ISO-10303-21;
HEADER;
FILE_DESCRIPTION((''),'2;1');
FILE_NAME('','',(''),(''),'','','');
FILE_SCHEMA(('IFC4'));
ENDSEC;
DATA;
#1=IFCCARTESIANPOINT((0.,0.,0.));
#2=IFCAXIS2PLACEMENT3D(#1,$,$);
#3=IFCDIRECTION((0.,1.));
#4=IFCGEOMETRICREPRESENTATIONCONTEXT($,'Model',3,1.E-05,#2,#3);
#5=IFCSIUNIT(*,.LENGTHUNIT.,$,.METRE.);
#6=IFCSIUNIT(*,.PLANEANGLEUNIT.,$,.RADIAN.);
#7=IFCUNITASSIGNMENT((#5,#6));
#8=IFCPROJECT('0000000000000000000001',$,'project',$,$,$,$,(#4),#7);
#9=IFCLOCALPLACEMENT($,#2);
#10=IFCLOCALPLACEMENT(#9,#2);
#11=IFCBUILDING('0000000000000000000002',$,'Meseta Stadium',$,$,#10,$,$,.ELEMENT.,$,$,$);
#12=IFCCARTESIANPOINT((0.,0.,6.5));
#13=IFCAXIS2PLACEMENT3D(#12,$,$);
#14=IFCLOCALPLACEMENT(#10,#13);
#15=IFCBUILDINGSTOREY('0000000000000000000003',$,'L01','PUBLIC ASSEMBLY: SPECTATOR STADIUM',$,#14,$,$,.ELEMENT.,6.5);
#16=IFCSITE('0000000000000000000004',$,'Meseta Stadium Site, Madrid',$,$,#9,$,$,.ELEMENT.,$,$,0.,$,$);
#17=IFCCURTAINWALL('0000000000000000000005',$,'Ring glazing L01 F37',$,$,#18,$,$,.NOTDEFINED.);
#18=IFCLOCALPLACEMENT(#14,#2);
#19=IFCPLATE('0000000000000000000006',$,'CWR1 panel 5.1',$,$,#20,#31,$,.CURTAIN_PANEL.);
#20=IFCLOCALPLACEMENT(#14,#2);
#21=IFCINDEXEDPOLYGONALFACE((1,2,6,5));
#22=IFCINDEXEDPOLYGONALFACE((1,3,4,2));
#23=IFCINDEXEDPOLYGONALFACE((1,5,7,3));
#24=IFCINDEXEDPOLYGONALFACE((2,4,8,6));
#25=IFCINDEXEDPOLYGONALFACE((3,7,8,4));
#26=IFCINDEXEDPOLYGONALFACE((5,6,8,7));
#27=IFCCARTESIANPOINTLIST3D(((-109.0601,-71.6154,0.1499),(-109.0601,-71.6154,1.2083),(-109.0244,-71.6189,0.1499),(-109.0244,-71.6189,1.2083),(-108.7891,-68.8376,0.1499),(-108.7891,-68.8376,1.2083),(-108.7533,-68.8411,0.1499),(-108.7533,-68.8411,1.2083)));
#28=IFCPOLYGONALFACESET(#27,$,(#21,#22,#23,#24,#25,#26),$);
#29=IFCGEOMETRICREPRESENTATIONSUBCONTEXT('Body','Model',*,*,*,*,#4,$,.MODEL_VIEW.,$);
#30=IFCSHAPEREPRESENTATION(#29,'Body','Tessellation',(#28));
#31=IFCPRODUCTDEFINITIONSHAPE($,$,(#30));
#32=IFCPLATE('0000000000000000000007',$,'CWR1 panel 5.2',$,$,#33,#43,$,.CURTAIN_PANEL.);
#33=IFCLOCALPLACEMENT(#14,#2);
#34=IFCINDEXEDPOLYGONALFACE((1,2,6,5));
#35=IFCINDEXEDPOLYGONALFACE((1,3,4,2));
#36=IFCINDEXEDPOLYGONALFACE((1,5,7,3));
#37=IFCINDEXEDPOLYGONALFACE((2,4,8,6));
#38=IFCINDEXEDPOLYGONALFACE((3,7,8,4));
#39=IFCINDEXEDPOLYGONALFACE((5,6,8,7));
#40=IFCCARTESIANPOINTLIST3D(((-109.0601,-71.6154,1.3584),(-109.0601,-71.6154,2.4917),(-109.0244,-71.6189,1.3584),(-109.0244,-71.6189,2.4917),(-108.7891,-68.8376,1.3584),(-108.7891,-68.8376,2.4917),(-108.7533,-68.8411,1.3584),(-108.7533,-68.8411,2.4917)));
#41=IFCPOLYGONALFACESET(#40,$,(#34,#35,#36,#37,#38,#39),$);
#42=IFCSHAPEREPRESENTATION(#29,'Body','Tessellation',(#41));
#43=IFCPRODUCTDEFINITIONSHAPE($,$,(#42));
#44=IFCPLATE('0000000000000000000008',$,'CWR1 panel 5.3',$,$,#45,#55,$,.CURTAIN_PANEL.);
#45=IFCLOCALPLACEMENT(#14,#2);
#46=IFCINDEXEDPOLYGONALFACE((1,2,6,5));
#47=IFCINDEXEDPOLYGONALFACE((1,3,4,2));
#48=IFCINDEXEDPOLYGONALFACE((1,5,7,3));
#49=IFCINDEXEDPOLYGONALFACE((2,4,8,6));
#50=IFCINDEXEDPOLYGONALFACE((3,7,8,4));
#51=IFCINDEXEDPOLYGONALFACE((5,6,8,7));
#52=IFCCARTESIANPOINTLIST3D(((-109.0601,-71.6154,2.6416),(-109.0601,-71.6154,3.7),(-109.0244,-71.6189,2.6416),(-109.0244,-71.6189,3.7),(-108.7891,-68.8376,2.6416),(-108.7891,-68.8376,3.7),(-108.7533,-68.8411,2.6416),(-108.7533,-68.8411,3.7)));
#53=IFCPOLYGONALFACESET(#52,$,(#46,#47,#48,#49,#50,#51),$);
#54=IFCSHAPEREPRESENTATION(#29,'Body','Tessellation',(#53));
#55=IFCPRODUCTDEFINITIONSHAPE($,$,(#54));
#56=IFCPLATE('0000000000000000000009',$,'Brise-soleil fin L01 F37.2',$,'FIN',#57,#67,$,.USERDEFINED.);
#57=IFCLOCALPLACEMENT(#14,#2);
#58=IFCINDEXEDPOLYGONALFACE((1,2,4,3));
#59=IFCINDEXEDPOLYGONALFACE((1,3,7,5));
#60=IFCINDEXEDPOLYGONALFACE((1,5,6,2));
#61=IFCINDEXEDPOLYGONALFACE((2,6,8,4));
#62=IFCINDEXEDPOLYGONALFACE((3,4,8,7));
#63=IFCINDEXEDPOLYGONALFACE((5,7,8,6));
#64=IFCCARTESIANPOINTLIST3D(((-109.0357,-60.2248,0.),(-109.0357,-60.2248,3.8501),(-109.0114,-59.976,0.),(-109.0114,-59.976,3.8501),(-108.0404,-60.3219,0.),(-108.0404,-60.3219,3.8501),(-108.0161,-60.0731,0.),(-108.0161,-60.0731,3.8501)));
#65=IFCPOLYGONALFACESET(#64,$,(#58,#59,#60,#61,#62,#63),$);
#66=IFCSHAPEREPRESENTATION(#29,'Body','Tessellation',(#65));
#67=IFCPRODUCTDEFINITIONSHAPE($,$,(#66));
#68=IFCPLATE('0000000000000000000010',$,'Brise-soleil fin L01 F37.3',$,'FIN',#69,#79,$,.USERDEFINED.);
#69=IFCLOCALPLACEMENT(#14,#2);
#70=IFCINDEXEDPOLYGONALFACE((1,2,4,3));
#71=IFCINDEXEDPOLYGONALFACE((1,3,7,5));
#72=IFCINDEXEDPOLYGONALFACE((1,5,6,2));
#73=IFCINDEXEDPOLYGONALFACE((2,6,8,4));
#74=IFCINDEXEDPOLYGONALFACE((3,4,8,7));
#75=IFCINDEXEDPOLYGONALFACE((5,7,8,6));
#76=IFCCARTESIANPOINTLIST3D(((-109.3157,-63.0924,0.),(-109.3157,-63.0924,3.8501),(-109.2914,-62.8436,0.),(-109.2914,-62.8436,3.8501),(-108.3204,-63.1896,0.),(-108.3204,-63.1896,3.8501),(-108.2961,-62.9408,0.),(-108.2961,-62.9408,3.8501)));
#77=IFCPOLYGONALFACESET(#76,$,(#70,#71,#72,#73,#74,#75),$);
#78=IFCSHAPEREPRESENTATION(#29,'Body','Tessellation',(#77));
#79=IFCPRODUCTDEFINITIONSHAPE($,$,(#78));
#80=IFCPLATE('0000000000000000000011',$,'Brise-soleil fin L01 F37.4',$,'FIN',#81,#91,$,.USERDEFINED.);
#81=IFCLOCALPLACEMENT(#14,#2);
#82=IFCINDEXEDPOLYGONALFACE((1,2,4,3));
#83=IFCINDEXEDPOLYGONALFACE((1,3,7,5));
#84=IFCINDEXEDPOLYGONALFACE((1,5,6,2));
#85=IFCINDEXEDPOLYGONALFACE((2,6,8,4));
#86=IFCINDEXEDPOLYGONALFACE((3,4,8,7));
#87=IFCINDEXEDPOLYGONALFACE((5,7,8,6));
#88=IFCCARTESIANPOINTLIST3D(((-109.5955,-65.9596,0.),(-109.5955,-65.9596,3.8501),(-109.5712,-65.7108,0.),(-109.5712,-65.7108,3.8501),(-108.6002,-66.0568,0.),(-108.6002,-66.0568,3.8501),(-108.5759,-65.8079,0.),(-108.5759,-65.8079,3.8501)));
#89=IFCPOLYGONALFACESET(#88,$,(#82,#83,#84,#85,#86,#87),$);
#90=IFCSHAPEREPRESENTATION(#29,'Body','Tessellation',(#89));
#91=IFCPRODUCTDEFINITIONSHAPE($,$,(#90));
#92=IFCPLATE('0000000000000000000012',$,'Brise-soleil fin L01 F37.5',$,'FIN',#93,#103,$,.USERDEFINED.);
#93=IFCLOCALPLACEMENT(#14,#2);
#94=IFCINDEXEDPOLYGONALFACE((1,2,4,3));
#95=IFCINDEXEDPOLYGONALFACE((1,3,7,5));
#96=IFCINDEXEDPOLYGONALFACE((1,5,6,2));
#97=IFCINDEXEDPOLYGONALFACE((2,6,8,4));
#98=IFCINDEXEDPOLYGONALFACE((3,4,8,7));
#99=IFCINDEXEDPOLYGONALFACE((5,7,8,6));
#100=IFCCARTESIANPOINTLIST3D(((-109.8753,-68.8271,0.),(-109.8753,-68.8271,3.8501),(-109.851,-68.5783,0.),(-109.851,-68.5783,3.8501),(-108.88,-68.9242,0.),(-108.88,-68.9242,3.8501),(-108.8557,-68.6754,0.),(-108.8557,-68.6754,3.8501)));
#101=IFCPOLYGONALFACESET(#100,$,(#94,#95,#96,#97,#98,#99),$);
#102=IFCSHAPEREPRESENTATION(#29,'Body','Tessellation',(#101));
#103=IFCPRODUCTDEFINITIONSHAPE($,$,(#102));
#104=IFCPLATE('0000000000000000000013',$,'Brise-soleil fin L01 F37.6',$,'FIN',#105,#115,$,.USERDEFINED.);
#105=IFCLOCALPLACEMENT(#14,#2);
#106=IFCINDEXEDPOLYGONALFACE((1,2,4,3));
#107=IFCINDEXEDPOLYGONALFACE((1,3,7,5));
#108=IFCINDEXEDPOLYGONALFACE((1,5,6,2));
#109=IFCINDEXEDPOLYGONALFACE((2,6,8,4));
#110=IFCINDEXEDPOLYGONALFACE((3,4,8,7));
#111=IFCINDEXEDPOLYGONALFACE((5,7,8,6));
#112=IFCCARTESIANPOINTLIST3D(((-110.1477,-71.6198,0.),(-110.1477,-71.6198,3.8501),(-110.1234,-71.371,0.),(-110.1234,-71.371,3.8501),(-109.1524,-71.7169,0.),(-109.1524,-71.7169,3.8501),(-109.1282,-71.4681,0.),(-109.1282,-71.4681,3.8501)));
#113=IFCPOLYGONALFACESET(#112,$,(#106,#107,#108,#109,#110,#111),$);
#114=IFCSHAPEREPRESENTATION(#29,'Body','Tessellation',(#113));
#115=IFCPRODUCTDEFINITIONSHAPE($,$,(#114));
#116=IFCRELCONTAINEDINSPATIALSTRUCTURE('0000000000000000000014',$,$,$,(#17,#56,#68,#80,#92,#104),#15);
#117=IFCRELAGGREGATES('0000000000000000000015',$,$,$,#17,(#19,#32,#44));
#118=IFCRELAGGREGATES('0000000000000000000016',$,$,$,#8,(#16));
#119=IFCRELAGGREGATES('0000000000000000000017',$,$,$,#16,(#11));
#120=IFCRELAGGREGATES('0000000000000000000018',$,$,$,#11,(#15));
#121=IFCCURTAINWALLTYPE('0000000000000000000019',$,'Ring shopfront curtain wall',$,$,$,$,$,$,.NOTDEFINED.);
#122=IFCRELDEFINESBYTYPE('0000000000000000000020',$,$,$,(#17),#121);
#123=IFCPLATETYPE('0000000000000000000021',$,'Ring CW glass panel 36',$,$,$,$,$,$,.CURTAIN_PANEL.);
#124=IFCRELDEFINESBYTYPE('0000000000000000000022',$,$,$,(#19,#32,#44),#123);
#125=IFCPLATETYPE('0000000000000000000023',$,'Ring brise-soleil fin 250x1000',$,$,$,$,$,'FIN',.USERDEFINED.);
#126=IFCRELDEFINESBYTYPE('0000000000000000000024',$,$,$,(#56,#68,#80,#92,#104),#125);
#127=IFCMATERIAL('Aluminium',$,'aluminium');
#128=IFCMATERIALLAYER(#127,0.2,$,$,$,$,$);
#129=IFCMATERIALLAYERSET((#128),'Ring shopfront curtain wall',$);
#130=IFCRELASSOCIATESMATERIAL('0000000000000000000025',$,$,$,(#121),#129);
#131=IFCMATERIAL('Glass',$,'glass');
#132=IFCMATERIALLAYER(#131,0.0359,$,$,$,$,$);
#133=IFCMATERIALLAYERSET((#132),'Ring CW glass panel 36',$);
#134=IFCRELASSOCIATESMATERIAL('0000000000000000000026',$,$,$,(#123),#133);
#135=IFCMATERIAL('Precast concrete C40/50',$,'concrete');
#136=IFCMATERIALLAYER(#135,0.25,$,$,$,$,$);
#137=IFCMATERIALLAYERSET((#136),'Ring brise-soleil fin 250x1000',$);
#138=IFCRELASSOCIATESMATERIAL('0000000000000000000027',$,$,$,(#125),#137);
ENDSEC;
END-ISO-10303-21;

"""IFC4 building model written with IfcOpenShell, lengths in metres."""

from ifc_helpers import new_model, si_unit, direction, frame, origin, origin_2d, place, context, subcontext, project, spatial, rectangle, extrude, material, layer, layer_set, type_object, element, aggregate, save


model = new_model("IFC4")

# Units and contexts
model_context = context("Model", 3, precision=1e-05, world=origin(), true_north=direction((0.0, 1.0)))
body_context = subcontext(model_context, "Body", "Model", "MODEL_VIEW")
ifc_project = project(units=[si_unit("LENGTHUNIT", "METRE"), si_unit("PLANEANGLEUNIT", "RADIAN")], contexts=[model_context])

# Site, building, storey
site_placement = place(None, origin())
site = spatial("IfcSite", under=ifc_project, at=site_placement, Name="Meseta Stadium Site, Madrid", CompositionType="ELEMENT", RefElevation=0.0)
building_placement = place(site_placement, origin())
building = spatial("IfcBuilding", under=site, at=building_placement, Name="Meseta Stadium", CompositionType="ELEMENT")
storey_placement = place(building_placement, frame((0.0, 0.0, 6.5)))
storey = spatial("IfcBuildingStorey", under=building, at=storey_placement, Name="L01", Description="PUBLIC ASSEMBLY: SPECTATOR STADIUM", CompositionType="ELEMENT", Elevation=6.5)

# Curtain wall, plates
ifc_material_1 = material(Name="Aluminium", Category="aluminium")
ifc_layer_1 = layer(ifc_material_1, 0.2)
ifc_layer_set_1 = layer_set([ifc_layer_1], Name="Ring shopfront curtain wall")
curtain_wall_type = type_object("IfcCurtainWallType", Name="Ring shopfront curtain wall", PredefinedType="NOTDEFINED", material=ifc_layer_set_1)
curtain_wall_placement = place(storey_placement, origin())
curtain_wall = element("IfcCurtainWall", 1, at=curtain_wall_placement, inside=storey, type_object=curtain_wall_type, Name="Ring glazing L01 F37", PredefinedType="NOTDEFINED")
ifc_material_2 = material(Name="Glass", Category="glass")
ifc_layer_2 = layer(ifc_material_2, 0.0359)
ifc_layer_set_2 = layer_set([ifc_layer_2], Name="Ring CW glass panel 36")
plate_type_1 = type_object("IfcPlateType", Name="Ring CW glass panel 36", PredefinedType="CURTAIN_PANEL", material=ifc_layer_set_2)
plate_1_placement = place(storey_placement, frame((-108.9067, -70.2283, 0.1499), z_axis=(0.0, 0.0, 1.0), x_axis=(-0.097125, -0.995272, 0.0)))
plate_1 = element("IfcPlate", 2, at=plate_1_placement, type_object=plate_type_1, Name="CWR1 panel 5.1", PredefinedType="CURTAIN_PANEL", context=body_context, shape_type="SweptSolid", body=[
    extrude(rectangle(XDim=2.791, YDim=0.0359, at=origin_2d()), origin(), (0.0, 0.0, 1.0), 1.0583),
])
plate_2_placement = place(storey_placement, frame((-108.9067, -70.2283, 1.3584), z_axis=(0.0, 0.0, 1.0), x_axis=(-0.097125, -0.995272, 0.0)))
plate_2 = element("IfcPlate", 3, at=plate_2_placement, type_object=plate_type_1, Name="CWR1 panel 5.2", PredefinedType="CURTAIN_PANEL", context=body_context, shape_type="SweptSolid", body=[
    extrude(rectangle(XDim=2.791, YDim=0.0359, at=origin_2d()), origin(), (0.0, 0.0, 1.0), 1.1333),
])
plate_3_placement = place(storey_placement, frame((-108.9067, -70.2283, 2.6416), z_axis=(0.0, 0.0, 1.0), x_axis=(-0.097125, -0.995272, 0.0)))
plate_3 = element("IfcPlate", 4, at=plate_3_placement, type_object=plate_type_1, Name="CWR1 panel 5.3", PredefinedType="CURTAIN_PANEL", context=body_context, shape_type="SweptSolid", body=[
    extrude(rectangle(XDim=2.791, YDim=0.0359, at=origin_2d()), origin(), (0.0, 0.0, 1.0), 1.0583),
])
aggregate(curtain_wall, [plate_1, plate_2, plate_3])

# Plates
ifc_material_3 = material(Name="Precast concrete C40/50", Category="concrete")
ifc_layer_3 = layer(ifc_material_3, 0.25)
ifc_layer_set_3 = layer_set([ifc_layer_3], Name="Ring brise-soleil fin 250x1000")
plate_type_2 = type_object("IfcPlateType", Name="Ring brise-soleil fin 250x1000", ElementType="FIN", PredefinedType="USERDEFINED", material=ifc_layer_set_3)
for number, where, z_axis, x_axis, name in (
    (5, (-108.5259, -60.1489, 0.0), (0.0, 0.0, 1.0), (-0.097123, -0.995272, 0.0), "Brise-soleil fin L01 F37.2"),
    (6, (-108.8059, -63.0166, 0.0), (0.0, 0.0, 1.0), (-0.097123, -0.995272, 0.0), "Brise-soleil fin L01 F37.3"),
    (7, (-109.0857, -65.8838, 0.0), (0.0, 0.0, 1.0), (-0.097123, -0.995272, 0.0), "Brise-soleil fin L01 F37.4"),
    (8, (-109.3655, -68.7512, 0.0), (0.0, 0.0, 1.0), (-0.097123, -0.995272, 0.0), "Brise-soleil fin L01 F37.5"),
    (9, (-109.6379, -71.5439, 0.0), (0.0, 0.0, 1.0), (-0.097123, -0.995272, 0.0), "Brise-soleil fin L01 F37.6"),
):
    element("IfcPlate", number, at=place(storey_placement, frame(where, z_axis=z_axis, x_axis=x_axis)), inside=storey, type_object=plate_type_2, Name=name, ObjectType="FIN", PredefinedType="USERDEFINED", context=body_context, shape_type="SweptSolid", body=[
        extrude(rectangle(XDim=0.25, YDim=1.0, at=origin_2d()), origin(), (0.0, 0.0, 1.0), 3.8501),
    ])

save(model, "model.ifc")
